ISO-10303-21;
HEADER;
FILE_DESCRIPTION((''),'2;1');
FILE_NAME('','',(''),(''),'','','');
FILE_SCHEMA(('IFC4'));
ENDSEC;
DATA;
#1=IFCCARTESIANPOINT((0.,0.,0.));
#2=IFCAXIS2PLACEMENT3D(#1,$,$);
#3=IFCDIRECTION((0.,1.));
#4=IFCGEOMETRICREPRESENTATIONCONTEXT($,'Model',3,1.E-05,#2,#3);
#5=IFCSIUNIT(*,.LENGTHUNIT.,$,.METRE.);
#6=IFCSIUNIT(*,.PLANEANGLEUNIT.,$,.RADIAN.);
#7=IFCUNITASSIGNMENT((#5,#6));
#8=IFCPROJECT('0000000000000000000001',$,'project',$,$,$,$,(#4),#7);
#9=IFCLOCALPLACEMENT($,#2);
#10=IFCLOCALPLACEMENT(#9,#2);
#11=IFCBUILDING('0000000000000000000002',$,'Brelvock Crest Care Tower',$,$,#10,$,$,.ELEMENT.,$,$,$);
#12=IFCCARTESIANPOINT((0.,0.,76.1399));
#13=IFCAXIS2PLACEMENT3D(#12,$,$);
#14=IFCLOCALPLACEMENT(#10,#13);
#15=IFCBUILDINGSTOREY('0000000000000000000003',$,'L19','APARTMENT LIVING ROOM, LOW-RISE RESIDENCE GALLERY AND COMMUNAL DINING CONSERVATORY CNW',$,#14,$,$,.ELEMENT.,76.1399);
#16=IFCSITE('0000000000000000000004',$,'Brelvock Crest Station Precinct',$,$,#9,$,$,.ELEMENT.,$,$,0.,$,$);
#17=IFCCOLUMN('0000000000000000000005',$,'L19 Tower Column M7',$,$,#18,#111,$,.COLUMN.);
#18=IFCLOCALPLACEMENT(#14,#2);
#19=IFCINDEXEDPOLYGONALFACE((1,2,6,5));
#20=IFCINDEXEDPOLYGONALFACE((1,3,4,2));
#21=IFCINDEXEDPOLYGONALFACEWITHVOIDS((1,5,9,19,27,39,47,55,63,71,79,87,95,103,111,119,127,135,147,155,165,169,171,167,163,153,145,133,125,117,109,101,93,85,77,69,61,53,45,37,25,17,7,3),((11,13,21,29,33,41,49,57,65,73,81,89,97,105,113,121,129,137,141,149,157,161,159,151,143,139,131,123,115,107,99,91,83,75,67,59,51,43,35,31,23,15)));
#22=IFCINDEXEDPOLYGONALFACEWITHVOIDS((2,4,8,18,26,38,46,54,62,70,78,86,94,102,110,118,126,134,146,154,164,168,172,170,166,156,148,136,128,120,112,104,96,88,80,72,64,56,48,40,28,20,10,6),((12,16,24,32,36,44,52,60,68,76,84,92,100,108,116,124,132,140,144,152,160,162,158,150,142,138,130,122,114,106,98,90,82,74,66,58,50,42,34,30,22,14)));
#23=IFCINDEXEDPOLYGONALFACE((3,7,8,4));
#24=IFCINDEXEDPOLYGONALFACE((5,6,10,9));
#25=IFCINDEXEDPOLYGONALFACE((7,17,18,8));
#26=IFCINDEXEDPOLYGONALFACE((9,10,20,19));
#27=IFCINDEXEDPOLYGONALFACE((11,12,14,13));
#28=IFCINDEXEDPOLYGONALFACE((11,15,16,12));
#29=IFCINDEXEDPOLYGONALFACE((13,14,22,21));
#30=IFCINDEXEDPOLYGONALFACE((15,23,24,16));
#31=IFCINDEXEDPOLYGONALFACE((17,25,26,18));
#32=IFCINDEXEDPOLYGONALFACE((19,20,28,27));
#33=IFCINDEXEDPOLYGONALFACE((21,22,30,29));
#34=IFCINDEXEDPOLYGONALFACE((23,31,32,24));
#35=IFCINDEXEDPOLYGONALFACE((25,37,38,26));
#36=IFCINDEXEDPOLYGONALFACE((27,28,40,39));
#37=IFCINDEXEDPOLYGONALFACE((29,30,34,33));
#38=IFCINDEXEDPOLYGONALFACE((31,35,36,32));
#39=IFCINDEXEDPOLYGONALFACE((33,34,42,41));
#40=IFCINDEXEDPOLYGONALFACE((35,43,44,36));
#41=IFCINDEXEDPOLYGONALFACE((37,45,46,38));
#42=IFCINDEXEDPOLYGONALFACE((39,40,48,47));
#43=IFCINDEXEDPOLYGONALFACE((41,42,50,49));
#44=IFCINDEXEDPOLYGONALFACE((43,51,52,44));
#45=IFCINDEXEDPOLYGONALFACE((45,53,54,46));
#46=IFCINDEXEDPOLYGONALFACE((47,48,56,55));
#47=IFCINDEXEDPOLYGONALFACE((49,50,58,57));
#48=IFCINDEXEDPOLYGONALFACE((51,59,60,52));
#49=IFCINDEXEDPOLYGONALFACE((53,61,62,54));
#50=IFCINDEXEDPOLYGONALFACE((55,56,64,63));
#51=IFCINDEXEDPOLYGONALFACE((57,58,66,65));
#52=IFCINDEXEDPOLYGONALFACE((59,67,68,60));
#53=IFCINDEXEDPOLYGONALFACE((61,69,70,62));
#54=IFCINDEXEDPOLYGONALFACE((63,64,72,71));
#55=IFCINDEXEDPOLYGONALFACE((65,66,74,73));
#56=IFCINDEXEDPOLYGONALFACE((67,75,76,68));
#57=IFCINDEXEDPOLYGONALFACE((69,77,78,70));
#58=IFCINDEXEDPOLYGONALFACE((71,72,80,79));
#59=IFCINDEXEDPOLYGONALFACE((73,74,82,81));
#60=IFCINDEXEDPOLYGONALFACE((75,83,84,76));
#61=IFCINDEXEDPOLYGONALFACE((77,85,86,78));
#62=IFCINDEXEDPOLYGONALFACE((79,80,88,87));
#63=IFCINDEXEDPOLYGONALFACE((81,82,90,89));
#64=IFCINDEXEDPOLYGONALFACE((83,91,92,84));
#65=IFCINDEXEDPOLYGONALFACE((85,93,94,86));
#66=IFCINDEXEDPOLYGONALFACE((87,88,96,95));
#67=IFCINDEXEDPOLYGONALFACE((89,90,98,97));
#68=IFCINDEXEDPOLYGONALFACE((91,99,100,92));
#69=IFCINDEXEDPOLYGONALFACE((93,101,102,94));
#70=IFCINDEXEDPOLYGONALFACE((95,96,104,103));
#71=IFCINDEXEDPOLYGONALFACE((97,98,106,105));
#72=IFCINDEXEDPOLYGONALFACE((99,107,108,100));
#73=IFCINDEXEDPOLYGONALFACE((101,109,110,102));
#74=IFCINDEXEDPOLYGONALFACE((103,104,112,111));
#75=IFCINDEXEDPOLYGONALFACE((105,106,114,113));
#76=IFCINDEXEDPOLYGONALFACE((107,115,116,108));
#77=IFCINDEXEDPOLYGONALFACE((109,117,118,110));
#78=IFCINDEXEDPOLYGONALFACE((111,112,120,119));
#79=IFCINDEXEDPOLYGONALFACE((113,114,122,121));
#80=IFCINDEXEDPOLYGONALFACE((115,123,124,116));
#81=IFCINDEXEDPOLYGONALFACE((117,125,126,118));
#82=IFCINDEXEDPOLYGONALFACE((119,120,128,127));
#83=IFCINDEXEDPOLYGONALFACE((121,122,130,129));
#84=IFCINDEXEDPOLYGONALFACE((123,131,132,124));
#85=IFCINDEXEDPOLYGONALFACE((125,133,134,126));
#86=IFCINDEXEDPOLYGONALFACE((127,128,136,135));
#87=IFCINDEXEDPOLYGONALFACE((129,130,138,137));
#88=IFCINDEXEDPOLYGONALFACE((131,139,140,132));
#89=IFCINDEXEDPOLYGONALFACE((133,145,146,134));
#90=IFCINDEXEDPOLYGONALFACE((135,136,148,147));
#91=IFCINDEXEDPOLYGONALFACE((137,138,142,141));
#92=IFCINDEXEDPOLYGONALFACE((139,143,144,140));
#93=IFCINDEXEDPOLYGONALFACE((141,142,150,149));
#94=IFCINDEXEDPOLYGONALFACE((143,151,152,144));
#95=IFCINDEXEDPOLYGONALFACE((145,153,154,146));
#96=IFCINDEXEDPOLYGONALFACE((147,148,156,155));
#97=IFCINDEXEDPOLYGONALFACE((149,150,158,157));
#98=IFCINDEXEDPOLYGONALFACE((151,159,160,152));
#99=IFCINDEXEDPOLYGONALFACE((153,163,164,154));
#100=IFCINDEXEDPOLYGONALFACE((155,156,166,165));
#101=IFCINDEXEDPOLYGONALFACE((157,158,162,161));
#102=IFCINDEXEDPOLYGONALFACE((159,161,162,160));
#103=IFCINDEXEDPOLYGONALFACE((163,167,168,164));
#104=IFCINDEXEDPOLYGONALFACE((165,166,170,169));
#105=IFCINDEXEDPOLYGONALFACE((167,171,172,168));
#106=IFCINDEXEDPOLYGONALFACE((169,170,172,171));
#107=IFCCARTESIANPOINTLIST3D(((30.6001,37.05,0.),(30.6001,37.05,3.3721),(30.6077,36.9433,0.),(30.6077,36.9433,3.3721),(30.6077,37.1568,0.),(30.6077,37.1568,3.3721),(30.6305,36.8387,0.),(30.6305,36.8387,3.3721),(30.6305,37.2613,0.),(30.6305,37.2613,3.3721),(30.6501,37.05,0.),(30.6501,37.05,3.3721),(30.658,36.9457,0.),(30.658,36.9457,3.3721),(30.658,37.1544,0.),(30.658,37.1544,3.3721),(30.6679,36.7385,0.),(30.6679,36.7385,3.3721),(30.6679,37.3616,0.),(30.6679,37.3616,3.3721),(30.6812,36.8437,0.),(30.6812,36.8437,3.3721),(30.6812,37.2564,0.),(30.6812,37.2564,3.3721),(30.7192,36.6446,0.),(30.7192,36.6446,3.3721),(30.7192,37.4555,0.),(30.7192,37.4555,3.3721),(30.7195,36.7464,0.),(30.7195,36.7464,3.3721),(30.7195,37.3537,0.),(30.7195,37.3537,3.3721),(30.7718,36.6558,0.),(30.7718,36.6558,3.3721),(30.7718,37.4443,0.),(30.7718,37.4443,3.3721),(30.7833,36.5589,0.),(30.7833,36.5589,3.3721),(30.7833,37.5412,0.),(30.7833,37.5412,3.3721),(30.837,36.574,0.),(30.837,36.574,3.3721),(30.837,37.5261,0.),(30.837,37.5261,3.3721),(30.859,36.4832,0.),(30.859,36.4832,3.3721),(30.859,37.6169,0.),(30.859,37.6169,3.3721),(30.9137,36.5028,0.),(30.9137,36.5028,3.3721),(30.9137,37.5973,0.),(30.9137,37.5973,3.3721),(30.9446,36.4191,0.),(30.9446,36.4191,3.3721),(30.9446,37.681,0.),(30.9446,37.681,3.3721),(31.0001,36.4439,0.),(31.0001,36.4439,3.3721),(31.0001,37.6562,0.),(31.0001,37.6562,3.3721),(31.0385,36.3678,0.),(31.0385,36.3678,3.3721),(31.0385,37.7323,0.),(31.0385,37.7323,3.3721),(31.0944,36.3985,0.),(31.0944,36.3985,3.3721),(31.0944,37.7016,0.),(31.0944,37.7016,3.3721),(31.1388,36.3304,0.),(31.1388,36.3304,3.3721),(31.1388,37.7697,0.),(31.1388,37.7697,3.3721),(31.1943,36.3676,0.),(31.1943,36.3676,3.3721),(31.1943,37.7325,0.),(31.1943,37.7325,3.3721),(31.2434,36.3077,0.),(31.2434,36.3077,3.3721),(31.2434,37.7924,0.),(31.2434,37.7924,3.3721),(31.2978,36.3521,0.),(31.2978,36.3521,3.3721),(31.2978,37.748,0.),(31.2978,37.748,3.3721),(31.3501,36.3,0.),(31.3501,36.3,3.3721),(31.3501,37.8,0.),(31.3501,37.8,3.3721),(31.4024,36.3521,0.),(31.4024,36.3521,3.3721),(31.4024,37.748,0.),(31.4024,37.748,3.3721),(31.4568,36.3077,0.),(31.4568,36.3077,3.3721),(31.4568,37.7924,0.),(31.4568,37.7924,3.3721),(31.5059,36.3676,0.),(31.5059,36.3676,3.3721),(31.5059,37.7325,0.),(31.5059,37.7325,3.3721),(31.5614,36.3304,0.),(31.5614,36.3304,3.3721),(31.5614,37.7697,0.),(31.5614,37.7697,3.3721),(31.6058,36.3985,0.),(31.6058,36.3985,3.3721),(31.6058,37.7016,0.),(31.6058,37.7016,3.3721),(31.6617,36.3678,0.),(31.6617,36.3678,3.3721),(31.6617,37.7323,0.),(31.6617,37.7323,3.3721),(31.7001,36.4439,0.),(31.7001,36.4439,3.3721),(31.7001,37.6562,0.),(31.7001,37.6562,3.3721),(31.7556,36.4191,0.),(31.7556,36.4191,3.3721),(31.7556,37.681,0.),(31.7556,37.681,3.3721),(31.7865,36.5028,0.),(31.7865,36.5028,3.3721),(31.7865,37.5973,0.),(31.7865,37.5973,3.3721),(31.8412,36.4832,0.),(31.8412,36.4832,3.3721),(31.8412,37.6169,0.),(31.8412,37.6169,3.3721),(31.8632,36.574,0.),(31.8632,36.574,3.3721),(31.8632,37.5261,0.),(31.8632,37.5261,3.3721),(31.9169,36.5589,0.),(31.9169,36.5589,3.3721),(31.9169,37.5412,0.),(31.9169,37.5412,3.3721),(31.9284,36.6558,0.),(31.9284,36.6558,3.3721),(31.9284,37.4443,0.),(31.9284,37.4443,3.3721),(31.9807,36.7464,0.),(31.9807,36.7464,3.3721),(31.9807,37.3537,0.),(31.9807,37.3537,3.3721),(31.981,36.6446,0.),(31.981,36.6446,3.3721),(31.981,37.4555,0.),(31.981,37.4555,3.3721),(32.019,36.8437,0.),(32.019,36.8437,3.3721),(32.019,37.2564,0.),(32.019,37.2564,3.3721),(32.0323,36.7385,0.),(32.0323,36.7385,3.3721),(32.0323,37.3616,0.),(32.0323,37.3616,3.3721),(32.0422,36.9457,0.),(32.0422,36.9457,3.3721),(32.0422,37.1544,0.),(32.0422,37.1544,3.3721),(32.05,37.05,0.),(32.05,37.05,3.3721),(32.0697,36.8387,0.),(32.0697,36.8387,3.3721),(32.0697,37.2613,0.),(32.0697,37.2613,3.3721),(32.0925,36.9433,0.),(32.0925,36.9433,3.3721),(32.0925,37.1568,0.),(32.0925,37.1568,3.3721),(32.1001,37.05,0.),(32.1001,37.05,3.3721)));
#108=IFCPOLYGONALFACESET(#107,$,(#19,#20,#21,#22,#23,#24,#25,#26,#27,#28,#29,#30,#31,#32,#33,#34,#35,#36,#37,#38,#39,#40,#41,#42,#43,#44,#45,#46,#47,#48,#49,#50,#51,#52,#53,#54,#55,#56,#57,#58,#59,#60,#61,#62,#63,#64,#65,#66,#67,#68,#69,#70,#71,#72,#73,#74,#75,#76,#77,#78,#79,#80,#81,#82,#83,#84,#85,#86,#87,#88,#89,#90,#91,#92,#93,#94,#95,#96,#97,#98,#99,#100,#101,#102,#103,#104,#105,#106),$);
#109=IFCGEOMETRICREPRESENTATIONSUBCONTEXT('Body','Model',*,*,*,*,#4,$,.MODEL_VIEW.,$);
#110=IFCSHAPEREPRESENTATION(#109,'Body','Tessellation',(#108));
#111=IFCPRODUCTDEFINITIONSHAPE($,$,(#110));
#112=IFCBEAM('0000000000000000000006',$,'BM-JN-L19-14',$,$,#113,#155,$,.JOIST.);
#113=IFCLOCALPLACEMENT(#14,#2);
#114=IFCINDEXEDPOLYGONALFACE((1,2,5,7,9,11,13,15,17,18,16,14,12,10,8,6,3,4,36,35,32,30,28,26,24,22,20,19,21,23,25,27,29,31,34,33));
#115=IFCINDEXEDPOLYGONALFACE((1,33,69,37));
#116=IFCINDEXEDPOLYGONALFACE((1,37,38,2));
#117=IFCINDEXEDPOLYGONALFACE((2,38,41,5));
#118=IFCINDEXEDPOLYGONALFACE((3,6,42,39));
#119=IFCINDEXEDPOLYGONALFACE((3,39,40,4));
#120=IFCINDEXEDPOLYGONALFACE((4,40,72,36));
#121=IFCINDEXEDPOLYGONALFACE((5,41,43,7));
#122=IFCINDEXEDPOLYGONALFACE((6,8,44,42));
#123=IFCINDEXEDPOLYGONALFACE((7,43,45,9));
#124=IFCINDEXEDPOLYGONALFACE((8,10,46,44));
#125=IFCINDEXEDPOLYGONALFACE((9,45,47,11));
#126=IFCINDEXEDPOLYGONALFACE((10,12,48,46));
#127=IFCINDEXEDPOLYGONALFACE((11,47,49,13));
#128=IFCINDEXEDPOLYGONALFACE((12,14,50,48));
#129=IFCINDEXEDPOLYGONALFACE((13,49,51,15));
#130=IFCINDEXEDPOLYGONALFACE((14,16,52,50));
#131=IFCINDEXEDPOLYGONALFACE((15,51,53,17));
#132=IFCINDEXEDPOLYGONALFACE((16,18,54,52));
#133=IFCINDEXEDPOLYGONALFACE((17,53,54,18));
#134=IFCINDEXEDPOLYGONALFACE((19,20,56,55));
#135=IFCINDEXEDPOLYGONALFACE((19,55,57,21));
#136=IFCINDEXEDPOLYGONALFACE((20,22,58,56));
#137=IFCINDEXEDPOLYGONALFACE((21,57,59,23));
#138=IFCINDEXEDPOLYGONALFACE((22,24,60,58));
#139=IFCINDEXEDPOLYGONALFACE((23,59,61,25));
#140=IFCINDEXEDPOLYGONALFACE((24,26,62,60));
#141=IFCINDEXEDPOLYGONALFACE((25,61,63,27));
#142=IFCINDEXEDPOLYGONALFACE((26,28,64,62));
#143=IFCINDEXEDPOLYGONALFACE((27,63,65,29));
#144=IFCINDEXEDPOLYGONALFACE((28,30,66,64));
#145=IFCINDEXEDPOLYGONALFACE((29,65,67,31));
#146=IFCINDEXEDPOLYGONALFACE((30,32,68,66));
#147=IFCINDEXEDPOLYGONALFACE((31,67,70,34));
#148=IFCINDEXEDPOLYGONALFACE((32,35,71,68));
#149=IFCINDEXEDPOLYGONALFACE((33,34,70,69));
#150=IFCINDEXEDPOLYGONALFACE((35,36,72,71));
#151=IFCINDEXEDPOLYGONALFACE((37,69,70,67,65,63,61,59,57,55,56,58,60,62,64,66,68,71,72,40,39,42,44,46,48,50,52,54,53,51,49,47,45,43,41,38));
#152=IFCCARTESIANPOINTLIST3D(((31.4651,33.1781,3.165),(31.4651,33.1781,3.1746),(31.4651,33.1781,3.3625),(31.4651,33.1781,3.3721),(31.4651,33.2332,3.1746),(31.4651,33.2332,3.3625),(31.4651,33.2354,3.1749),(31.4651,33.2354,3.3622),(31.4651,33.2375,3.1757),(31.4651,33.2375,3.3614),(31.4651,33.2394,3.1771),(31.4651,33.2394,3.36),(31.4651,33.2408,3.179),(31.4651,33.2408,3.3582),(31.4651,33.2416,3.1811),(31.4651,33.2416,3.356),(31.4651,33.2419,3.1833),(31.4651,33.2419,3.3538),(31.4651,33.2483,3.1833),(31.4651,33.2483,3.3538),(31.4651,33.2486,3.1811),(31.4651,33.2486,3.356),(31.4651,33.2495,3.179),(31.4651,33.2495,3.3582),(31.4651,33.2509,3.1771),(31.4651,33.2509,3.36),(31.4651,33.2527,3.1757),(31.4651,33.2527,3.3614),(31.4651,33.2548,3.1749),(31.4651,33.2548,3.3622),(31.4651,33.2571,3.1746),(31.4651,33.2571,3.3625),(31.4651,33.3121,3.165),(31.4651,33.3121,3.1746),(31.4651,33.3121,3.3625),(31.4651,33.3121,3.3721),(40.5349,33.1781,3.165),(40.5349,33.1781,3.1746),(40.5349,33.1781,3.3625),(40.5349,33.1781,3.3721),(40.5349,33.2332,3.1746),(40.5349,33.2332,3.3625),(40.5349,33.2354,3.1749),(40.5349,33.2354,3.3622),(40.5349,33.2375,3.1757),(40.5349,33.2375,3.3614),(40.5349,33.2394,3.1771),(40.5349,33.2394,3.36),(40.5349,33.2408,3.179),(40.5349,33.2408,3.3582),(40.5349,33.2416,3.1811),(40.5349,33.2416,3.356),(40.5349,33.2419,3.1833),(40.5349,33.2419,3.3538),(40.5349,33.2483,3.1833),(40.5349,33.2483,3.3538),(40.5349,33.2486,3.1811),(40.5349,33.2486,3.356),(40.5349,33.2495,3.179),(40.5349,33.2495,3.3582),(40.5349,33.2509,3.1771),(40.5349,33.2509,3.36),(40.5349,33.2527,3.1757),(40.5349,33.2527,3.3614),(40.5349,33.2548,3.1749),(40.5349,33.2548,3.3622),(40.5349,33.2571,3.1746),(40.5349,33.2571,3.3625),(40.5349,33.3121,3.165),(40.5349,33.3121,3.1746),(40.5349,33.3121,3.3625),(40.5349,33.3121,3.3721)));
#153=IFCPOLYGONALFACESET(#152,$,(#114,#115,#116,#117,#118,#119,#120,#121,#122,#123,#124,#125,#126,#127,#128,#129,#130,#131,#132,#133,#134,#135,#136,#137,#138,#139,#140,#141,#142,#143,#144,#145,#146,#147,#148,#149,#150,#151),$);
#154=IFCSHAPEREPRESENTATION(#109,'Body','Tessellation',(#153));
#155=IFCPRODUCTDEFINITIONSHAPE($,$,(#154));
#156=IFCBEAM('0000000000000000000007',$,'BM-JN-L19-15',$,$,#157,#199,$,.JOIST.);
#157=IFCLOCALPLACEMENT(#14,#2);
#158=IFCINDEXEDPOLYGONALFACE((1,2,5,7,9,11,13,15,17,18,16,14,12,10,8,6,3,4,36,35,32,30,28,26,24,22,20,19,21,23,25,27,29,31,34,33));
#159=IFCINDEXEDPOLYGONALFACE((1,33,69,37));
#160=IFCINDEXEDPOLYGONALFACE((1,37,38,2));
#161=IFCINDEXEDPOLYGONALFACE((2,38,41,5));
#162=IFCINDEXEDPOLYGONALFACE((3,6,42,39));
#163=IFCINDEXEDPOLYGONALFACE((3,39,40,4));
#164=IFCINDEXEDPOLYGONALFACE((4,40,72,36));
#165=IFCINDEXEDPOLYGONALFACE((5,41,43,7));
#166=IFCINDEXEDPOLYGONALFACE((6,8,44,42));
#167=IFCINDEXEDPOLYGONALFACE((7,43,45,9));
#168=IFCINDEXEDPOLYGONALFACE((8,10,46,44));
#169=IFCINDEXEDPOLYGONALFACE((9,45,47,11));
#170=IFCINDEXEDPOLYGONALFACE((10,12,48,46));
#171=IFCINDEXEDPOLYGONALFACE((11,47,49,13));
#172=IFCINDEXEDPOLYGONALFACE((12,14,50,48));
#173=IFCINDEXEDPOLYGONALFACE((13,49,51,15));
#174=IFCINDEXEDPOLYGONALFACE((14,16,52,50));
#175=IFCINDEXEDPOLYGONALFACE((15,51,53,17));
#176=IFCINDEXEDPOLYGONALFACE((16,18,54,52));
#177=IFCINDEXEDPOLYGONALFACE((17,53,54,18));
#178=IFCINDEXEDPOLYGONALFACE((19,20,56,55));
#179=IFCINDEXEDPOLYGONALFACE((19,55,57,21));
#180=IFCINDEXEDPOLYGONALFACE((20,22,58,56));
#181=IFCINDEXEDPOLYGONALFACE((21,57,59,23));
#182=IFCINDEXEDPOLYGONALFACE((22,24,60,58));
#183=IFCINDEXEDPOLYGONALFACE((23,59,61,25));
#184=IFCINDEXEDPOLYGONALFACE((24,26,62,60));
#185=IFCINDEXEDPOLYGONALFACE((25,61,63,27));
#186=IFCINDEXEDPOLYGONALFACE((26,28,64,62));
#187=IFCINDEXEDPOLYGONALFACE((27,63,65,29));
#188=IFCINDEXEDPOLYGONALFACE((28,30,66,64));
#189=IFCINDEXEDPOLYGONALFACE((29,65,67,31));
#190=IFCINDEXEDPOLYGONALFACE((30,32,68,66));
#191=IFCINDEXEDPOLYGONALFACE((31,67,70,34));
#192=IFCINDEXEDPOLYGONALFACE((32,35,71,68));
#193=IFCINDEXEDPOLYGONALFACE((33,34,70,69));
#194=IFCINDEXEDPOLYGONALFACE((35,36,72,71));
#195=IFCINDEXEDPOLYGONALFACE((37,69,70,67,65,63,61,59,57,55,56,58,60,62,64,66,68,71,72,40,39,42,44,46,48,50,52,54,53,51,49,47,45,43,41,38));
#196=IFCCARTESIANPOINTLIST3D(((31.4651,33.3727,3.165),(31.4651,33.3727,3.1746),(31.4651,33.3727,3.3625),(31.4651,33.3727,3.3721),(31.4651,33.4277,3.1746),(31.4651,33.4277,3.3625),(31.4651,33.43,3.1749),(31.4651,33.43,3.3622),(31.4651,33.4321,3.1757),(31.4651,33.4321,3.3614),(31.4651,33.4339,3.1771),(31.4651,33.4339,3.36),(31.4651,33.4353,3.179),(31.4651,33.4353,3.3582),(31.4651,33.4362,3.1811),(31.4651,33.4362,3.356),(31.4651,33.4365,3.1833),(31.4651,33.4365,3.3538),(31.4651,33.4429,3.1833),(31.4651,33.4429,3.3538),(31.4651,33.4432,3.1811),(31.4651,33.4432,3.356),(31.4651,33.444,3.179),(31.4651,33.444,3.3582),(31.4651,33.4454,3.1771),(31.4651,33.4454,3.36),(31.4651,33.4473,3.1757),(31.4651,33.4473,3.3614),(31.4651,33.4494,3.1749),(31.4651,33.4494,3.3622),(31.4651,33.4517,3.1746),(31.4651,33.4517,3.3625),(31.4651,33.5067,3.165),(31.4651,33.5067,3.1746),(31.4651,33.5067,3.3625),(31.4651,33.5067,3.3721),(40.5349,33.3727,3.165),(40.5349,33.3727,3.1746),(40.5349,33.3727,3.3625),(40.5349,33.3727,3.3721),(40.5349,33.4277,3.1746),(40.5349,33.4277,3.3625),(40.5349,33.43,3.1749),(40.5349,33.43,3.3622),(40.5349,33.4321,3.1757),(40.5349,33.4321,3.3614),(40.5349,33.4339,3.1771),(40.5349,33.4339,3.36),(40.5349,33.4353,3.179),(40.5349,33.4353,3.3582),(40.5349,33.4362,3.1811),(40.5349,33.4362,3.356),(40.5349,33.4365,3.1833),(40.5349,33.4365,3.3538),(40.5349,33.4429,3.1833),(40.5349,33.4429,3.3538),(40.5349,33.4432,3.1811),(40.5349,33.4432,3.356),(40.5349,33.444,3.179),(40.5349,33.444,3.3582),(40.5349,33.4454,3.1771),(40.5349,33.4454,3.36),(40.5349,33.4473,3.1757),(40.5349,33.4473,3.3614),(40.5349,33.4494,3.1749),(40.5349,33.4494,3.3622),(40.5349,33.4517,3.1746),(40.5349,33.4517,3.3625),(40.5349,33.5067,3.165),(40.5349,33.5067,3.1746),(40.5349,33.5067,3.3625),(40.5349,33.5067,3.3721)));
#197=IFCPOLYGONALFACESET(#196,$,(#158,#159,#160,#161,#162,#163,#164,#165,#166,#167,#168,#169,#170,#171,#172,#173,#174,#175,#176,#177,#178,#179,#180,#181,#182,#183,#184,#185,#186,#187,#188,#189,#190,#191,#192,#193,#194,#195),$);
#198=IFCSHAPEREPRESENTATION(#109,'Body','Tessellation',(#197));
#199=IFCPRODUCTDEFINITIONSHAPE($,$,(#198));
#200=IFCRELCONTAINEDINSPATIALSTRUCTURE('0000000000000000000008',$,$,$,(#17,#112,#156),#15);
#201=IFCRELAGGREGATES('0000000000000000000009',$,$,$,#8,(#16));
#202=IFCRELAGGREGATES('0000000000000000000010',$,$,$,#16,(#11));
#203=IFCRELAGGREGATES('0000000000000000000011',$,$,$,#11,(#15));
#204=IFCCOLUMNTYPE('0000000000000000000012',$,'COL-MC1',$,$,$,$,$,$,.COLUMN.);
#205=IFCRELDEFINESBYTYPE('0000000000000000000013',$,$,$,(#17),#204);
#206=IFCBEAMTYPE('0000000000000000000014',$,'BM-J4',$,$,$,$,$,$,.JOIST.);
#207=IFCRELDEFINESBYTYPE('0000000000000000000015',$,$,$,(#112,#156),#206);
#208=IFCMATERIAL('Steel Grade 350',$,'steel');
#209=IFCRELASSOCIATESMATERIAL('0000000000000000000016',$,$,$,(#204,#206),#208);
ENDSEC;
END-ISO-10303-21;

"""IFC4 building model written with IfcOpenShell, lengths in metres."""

from ifc_helpers import new_model, si_unit, direction, frame, origin, origin_2d, place, context, subcontext, project, spatial, hollow_circle, i_section, extrude, source, transform, mapped, material, material_profile, profile_set, type_object, element, save


model = new_model("IFC4")

# Units and contexts
model_context = context("Model", 3, precision=1e-05, world=origin(), true_north=direction((0.0, 1.0)))
body_context = subcontext(model_context, "Body", "Model", "MODEL_VIEW")
ifc_project = project(units=[si_unit("LENGTHUNIT", "METRE"), si_unit("PLANEANGLEUNIT", "RADIAN")], contexts=[model_context])

# Site, building, storey
site_placement = place(None, origin())
site = spatial("IfcSite", under=ifc_project, at=site_placement, Name="Brelvock Crest Station Precinct", CompositionType="ELEMENT", RefElevation=0.0)
building_placement = place(site_placement, origin())
building = spatial("IfcBuilding", under=site, at=building_placement, Name="Brelvock Crest Care Tower", CompositionType="ELEMENT")
storey_placement = place(building_placement, frame((0.0, 0.0, 76.1399)))
storey = spatial("IfcBuildingStorey", under=building, at=storey_placement, Name="L19", Description="APARTMENT LIVING ROOM, LOW-RISE RESIDENCE GALLERY AND COMMUNAL DINING CONSERVATORY CNW", CompositionType="ELEMENT", Elevation=76.1399)

# Column
ifc_material_1 = material(Name="Steel Grade 350", Category="steel")
ifc_material_profile_1 = material_profile(ifc_material_1, hollow_circle(Radius=0.75, WallThickness=0.05, at=origin_2d()), Name="CFT1500x50")
ifc_profile_set_1 = profile_set([ifc_material_profile_1], Name="Steel Grade 350")
column_type = type_object("IfcColumnType", Name="COL-MC1", PredefinedType="COLUMN", material=ifc_profile_set_1)
shared_shape_1 = source(origin(), body_context, "Body", "SweptSolid", [
    extrude(hollow_circle(Radius=0.75, WallThickness=0.05, at=origin_2d()), origin(), (0.0, 0.0, 1.0), 3.3721),
])
column_placement = place(storey_placement, frame((31.3501, 37.05, 0.0), z_axis=(0.0, 0.0, 1.0), x_axis=(1.0, 0.0, 0.0)))
element("IfcColumn", 1, at=column_placement, inside=storey, type_object=column_type, Name="L19 Tower Column M7", PredefinedType="COLUMN", context=body_context, shape_type="MappedRepresentation", body=[
    mapped(shared_shape_1, transform((0.0, 0.0, 0.0), x_axis=(1.0, 0.0, 0.0), y_axis=(0.0, 1.0, 0.0), z_axis=(0.0, 0.0, 1.0), scale=1.0)),
])

# Beams
ifc_material_profile_2 = material_profile(ifc_material_1, i_section(OverallWidth=0.134, OverallDepth=0.207, WebThickness=0.0063, FlangeThickness=0.0095, FilletRadius=0.0088, at=origin_2d()), Name="200UB29.8")
ifc_profile_set_2 = profile_set([ifc_material_profile_2], Name="Steel Grade 350")
beam_type_1 = type_object("IfcBeamType", Name="BM-J4", PredefinedType="JOIST", material=ifc_profile_set_2)
shared_shape_2 = source(origin(), body_context, "Body", "SweptSolid", [
    extrude(i_section(OverallWidth=0.134, OverallDepth=0.207, WebThickness=0.0063, FlangeThickness=0.0095, FilletRadius=0.0088, at=origin_2d()), origin(), (0.0, 0.0, 1.0), 9.0698),
])
for number, where, z_axis, x_axis, name in (
    (2, (31.4651, 33.2451, 3.2686), (1.0, 0.0, 0.0), (0.0, 1.0, 0.0), "BM-JN-L19-14"),
    (3, (31.4651, 33.4397, 3.2686), (1.0, 0.0, 0.0), (0.0, 1.0, 0.0), "BM-JN-L19-15"),
):
    element("IfcBeam", number, at=place(storey_placement, frame(where, z_axis=z_axis, x_axis=x_axis)), inside=storey, type_object=beam_type_1, Name=name, PredefinedType="JOIST", context=body_context, shape_type="MappedRepresentation", body=[
        mapped(shared_shape_2, transform((0.0, 0.0, 0.0), x_axis=(1.0, 0.0, 0.0), y_axis=(0.0, 1.0, 0.0), z_axis=(0.0, 0.0, 1.0), scale=1.0)),
    ])

save(model, "model.ifc")
